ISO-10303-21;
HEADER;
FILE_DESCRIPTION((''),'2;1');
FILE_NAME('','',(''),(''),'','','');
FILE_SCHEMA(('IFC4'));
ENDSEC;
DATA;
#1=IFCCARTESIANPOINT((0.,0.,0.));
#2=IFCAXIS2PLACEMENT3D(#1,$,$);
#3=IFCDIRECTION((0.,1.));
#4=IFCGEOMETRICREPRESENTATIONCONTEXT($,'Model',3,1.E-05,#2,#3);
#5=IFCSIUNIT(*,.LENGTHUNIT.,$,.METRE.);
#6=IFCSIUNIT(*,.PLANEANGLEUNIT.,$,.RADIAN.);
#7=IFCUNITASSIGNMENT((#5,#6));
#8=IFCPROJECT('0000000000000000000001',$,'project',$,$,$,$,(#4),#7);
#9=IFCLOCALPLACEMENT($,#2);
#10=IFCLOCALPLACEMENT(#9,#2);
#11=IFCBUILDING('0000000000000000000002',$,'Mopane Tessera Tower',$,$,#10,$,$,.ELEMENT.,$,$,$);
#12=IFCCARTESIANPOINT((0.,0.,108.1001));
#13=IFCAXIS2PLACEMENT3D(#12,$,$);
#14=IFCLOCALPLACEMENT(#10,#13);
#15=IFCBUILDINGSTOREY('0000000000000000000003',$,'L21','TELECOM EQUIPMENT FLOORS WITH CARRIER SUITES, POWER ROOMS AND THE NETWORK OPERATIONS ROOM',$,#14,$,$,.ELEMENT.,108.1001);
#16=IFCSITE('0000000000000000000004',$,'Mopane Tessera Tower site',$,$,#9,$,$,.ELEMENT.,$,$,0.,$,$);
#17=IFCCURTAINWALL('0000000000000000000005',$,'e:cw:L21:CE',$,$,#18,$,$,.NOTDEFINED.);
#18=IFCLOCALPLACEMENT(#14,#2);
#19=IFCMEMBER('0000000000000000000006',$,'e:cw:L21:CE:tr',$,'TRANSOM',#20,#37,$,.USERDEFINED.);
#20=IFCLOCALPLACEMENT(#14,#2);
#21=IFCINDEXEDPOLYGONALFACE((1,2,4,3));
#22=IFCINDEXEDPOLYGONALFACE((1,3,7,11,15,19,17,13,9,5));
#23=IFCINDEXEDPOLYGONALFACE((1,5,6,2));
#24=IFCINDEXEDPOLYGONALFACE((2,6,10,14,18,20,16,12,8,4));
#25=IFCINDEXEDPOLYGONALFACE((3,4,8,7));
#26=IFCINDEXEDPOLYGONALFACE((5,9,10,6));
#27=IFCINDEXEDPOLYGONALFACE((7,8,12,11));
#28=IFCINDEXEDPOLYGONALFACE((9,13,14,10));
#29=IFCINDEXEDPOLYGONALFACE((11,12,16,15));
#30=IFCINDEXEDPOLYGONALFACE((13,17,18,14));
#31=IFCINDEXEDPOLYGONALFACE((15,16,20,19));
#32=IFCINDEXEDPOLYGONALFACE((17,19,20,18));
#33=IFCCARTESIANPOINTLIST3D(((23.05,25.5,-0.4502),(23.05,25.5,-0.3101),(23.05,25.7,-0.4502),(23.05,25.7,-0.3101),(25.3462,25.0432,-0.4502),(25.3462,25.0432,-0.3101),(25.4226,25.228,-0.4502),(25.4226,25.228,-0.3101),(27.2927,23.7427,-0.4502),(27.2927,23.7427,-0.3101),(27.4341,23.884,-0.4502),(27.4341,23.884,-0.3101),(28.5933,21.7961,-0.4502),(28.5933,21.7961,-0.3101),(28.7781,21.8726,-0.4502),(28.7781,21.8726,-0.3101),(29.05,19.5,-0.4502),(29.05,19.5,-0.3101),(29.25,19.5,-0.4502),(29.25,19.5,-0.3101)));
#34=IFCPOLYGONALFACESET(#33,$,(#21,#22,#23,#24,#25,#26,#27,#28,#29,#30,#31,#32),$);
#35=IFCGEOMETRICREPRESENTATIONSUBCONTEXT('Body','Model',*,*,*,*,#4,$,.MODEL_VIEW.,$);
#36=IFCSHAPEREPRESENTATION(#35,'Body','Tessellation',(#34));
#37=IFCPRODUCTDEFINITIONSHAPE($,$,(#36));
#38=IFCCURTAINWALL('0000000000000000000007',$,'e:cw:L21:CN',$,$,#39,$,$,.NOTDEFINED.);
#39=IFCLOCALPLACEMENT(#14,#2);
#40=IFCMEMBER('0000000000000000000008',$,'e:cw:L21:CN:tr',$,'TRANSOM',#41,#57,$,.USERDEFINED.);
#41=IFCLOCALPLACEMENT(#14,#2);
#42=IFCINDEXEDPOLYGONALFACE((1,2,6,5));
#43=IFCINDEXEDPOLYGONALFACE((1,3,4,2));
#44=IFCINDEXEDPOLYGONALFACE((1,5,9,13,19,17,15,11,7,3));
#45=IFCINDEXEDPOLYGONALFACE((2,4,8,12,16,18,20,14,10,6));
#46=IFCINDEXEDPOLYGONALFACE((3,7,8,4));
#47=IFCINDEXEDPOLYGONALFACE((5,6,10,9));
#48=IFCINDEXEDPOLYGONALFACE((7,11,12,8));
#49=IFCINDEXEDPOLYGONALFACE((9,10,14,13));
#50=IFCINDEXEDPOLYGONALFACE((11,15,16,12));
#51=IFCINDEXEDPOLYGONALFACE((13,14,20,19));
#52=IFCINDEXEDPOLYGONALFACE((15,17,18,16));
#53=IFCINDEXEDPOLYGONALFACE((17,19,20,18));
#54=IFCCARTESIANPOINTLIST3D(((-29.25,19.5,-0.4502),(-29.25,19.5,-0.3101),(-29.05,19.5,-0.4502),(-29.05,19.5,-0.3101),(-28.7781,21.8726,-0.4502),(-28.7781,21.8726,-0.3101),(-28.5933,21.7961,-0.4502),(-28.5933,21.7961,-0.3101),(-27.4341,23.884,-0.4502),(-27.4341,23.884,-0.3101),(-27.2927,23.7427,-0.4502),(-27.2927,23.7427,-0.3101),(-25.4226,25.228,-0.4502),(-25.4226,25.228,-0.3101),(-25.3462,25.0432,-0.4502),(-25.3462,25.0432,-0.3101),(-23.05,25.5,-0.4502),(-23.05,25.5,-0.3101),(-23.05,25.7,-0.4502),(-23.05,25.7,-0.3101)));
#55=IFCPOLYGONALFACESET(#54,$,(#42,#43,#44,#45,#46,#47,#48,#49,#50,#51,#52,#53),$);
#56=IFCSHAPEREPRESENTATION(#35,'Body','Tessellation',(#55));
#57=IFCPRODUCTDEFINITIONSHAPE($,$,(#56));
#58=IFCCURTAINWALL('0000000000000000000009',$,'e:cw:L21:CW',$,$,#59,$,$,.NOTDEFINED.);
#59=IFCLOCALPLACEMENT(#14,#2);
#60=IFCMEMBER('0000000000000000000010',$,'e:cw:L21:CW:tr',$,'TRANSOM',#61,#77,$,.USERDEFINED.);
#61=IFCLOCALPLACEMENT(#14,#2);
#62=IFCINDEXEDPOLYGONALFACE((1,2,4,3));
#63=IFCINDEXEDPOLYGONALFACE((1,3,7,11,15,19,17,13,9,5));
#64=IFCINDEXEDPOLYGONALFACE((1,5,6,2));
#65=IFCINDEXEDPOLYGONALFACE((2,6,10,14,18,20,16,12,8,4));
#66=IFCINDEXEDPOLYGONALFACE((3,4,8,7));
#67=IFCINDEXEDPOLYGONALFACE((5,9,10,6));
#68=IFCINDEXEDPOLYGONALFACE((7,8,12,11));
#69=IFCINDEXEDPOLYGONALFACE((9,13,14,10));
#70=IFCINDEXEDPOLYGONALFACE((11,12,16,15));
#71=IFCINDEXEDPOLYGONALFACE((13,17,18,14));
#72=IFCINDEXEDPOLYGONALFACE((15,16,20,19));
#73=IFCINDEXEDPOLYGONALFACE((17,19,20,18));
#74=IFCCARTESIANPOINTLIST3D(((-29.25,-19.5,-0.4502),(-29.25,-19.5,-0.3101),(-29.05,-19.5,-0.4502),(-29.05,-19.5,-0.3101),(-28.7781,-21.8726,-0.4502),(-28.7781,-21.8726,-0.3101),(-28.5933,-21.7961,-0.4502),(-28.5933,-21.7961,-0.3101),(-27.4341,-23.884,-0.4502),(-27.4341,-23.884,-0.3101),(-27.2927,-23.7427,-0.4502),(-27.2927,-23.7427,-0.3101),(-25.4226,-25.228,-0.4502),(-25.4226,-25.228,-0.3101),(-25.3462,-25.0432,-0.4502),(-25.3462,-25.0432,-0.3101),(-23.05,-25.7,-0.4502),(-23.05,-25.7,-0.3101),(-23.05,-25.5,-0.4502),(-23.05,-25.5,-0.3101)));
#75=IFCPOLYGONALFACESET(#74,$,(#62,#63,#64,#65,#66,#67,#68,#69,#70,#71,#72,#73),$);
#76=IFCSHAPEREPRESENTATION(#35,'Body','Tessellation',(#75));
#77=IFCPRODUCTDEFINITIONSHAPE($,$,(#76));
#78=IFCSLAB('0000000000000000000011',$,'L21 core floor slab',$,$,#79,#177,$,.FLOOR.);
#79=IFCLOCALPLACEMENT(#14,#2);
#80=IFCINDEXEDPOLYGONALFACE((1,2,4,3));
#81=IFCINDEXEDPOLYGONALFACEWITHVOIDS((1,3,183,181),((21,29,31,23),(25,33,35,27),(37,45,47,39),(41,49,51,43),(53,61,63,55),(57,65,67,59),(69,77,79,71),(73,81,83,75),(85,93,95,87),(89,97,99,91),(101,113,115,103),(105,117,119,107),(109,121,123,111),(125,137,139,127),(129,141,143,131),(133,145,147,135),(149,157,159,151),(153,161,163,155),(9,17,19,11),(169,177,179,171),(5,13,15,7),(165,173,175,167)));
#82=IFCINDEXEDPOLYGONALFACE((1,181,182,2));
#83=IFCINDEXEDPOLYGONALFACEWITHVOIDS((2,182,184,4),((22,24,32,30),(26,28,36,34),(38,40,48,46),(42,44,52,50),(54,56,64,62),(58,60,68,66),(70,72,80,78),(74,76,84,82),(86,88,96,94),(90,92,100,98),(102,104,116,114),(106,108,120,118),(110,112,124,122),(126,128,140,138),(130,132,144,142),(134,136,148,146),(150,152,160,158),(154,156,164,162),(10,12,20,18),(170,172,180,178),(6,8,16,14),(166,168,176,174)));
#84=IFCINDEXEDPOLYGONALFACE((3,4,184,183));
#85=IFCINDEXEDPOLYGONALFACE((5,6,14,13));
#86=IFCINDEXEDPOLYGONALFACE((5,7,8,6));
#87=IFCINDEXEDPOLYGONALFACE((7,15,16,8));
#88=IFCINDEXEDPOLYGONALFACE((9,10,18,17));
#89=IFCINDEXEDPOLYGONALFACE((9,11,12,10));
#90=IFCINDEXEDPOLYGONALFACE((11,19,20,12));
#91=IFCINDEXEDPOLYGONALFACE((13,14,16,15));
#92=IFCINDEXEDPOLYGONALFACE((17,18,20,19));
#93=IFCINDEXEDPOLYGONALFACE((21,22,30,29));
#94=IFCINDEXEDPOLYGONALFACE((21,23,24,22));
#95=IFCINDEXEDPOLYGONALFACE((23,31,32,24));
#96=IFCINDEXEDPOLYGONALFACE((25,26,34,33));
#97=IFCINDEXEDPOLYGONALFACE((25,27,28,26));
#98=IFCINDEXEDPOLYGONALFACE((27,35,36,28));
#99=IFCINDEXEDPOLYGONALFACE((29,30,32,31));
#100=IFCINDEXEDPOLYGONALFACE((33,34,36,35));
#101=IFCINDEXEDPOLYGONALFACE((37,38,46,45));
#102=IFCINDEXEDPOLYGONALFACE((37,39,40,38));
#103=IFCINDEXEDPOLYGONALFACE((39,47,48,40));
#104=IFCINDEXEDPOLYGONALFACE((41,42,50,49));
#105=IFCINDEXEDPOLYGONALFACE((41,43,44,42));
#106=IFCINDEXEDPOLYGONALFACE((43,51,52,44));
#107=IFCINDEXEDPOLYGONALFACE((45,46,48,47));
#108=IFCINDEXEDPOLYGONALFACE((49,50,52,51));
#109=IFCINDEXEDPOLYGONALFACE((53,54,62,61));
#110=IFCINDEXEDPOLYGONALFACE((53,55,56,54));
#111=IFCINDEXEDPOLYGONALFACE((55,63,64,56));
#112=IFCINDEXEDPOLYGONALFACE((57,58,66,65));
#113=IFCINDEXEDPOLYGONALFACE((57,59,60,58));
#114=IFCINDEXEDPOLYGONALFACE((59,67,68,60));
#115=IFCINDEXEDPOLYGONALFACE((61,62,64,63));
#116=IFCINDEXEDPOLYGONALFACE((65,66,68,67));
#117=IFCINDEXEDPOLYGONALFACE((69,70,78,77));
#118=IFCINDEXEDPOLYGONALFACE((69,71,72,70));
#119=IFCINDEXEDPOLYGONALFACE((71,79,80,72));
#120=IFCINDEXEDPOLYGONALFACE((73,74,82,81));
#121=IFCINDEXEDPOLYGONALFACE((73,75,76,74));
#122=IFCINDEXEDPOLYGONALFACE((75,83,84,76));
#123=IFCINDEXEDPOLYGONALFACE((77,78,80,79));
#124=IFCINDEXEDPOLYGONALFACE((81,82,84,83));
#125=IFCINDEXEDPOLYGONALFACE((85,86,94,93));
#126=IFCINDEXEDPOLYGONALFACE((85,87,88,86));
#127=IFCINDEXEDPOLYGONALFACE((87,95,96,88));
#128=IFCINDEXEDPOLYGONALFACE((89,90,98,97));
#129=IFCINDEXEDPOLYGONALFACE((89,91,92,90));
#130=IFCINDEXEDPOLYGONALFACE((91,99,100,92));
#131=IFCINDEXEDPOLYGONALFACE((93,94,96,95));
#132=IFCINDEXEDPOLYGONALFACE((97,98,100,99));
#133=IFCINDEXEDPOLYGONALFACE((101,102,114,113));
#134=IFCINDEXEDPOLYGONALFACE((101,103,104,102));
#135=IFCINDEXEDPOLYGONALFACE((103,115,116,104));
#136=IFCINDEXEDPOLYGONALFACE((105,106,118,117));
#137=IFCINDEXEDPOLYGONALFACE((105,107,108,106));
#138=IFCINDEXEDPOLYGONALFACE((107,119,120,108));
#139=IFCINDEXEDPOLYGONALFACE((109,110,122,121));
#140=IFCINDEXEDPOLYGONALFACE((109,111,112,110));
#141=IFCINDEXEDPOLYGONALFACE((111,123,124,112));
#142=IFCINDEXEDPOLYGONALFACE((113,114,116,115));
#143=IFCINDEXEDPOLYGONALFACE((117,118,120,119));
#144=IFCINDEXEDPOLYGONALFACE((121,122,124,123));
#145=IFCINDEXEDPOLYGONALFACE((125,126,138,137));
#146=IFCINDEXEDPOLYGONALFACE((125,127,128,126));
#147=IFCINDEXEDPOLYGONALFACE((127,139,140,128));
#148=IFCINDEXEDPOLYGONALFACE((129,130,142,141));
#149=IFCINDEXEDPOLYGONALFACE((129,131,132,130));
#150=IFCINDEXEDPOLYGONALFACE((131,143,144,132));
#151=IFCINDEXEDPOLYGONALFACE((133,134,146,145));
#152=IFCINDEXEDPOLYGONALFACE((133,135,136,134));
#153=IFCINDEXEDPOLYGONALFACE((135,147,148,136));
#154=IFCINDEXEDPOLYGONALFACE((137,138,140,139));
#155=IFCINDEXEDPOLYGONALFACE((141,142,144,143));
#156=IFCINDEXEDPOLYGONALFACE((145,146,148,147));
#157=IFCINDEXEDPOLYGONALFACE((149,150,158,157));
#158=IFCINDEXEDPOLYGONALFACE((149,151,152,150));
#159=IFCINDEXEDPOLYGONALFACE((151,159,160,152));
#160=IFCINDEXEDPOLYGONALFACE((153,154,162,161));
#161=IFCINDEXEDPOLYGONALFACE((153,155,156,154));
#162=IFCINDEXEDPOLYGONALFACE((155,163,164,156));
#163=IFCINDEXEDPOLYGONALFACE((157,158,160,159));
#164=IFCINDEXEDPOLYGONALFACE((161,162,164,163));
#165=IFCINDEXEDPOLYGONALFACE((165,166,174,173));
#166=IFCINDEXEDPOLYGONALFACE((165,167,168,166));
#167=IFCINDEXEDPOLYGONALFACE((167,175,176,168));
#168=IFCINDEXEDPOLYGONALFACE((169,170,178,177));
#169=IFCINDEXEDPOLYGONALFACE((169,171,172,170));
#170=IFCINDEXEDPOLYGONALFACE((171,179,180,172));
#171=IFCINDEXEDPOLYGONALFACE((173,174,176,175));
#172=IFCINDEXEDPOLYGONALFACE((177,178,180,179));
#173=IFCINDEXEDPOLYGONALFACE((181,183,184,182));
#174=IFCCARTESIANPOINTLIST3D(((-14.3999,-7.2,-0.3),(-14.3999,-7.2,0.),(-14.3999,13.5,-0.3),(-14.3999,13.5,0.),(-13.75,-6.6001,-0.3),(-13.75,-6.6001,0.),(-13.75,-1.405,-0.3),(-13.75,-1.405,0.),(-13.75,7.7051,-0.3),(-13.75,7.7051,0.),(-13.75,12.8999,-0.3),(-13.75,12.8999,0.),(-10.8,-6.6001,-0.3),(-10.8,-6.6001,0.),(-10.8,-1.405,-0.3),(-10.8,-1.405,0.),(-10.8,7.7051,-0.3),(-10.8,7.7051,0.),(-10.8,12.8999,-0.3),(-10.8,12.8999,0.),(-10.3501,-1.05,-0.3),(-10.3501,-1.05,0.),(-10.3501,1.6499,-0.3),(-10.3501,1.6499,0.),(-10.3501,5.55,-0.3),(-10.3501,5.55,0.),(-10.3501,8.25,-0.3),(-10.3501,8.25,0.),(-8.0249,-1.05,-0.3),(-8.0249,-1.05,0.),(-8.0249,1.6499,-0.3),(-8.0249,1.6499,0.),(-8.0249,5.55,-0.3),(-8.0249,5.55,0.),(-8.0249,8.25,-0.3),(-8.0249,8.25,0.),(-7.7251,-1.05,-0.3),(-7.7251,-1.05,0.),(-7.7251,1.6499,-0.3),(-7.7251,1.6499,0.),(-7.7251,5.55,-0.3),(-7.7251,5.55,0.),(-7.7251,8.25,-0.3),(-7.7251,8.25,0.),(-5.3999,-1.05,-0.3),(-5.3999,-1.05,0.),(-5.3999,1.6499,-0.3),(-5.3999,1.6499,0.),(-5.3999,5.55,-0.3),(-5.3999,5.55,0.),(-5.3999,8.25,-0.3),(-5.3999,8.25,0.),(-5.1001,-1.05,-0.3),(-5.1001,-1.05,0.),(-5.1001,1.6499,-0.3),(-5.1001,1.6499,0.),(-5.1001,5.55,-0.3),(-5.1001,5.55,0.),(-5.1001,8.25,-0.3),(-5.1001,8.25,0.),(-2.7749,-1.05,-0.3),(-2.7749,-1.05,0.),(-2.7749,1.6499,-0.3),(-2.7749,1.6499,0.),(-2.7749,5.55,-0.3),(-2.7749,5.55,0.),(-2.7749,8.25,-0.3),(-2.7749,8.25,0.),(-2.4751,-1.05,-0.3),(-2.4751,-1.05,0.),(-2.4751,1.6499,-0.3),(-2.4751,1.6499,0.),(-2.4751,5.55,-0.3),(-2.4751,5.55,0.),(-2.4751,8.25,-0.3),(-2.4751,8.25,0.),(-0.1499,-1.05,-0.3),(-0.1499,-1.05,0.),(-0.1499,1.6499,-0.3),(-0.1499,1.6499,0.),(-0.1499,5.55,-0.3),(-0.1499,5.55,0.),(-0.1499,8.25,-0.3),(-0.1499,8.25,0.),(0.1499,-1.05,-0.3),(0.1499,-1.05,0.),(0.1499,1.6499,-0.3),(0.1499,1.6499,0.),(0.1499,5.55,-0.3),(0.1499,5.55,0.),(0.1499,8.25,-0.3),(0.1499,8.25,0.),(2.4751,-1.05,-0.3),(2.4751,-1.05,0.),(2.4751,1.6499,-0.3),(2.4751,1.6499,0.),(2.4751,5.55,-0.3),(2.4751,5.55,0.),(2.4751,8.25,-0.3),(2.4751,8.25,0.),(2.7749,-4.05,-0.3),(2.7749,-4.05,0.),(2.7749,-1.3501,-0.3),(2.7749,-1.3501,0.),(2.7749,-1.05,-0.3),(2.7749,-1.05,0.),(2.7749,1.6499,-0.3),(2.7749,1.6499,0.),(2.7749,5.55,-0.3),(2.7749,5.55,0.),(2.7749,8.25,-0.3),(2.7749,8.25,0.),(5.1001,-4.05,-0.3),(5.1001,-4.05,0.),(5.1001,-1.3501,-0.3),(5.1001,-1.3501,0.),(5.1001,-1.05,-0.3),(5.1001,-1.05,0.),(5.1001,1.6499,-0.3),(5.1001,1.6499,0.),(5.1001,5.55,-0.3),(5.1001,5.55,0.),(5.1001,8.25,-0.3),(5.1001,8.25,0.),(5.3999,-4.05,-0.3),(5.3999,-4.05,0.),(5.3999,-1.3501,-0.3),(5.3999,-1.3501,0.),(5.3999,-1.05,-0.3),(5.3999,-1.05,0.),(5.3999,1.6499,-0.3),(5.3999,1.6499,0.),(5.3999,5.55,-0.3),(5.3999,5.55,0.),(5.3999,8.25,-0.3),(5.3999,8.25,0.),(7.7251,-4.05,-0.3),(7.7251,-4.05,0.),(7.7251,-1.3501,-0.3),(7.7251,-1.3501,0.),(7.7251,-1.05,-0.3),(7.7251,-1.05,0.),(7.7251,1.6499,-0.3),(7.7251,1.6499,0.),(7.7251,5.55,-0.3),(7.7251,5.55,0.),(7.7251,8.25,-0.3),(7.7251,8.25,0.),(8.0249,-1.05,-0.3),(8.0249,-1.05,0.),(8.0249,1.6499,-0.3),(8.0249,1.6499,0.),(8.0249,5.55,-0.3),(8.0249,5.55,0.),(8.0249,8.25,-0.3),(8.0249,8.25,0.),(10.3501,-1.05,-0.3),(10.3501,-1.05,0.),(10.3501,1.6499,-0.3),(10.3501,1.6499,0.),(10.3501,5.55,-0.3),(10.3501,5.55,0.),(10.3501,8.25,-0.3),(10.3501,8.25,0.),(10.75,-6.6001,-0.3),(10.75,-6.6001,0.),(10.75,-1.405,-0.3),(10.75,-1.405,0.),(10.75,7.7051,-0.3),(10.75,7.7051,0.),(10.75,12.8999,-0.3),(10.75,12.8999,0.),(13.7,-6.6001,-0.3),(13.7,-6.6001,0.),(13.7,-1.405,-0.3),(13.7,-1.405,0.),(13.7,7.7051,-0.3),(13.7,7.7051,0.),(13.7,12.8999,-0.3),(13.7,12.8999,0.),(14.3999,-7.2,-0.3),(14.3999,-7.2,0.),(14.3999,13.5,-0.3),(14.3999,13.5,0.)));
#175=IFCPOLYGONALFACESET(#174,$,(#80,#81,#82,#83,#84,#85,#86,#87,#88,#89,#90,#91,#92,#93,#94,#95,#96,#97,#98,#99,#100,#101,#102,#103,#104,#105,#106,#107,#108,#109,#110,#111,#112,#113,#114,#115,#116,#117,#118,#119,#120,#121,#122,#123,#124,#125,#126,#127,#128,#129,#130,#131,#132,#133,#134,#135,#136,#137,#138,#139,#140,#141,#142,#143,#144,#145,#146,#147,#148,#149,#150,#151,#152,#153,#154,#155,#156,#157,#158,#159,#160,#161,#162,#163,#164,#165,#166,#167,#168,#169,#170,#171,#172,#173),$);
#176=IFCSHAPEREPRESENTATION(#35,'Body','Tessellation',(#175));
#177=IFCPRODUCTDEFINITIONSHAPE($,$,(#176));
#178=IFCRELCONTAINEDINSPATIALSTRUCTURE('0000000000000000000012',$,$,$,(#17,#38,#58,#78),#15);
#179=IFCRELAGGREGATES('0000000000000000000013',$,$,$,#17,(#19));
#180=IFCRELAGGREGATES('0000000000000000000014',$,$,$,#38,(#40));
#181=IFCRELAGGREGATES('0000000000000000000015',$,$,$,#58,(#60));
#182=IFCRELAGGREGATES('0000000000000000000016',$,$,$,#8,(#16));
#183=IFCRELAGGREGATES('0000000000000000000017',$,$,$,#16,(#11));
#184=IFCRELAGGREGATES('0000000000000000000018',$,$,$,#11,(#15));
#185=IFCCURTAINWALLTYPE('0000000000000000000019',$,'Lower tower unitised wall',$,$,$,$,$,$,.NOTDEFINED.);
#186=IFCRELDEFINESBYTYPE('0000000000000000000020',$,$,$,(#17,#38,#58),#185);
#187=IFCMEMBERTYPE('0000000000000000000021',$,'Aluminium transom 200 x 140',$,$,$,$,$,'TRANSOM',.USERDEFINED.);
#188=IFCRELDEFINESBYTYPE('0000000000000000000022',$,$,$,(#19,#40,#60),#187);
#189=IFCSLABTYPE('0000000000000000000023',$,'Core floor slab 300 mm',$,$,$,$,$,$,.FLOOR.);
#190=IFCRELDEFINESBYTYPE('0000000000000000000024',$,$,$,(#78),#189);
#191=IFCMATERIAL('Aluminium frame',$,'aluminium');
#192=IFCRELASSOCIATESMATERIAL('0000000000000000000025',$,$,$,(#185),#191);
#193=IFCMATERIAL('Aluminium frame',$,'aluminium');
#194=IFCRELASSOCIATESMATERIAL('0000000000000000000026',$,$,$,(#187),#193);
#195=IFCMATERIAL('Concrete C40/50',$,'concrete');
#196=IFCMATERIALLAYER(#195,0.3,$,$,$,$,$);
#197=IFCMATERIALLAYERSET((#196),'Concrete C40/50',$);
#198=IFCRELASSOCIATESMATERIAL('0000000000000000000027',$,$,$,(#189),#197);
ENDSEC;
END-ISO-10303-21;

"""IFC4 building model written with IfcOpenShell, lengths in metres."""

from ifc_helpers import new_model, si_unit, direction, frame, origin, origin_2d, place, context, subcontext, project, spatial, polyline, rectangle, outline, extrude, material, layer, layer_set, material_profile, profile_set, type_object, element, aggregate, save


model = new_model("IFC4")

# Units and contexts
model_context = context("Model", 3, precision=1e-05, world=origin(), true_north=direction((0.0, 1.0)))
body_context = subcontext(model_context, "Body", "Model", "MODEL_VIEW")
ifc_project = project(units=[si_unit("LENGTHUNIT", "METRE"), si_unit("PLANEANGLEUNIT", "RADIAN")], contexts=[model_context])

# Site, building, storey
site_placement = place(None, origin())
site = spatial("IfcSite", under=ifc_project, at=site_placement, Name="Mopane Tessera Tower site", CompositionType="ELEMENT", RefElevation=0.0)
building_placement = place(site_placement, origin())
building = spatial("IfcBuilding", under=site, at=building_placement, Name="Mopane Tessera Tower", CompositionType="ELEMENT")
storey_placement = place(building_placement, frame((0.0, 0.0, 108.1001)))
storey = spatial("IfcBuildingStorey", under=building, at=storey_placement, Name="L21", Description="TELECOM EQUIPMENT FLOORS WITH CARRIER SUITES, POWER ROOMS AND THE NETWORK OPERATIONS ROOM", CompositionType="ELEMENT", Elevation=108.1001)

# Curtain walls, members
ifc_material_1 = material(Name="Aluminium frame", Category="aluminium")
curtain_wall_type = type_object("IfcCurtainWallType", Name="Lower tower unitised wall", PredefinedType="NOTDEFINED", material=ifc_material_1)
curtain_wall_1_placement = place(storey_placement, origin())
curtain_wall_1 = element("IfcCurtainWall", 1, at=curtain_wall_1_placement, inside=storey, type_object=curtain_wall_type, Name="e:cw:L21:CE", PredefinedType="NOTDEFINED")
ifc_material_2 = material(Name="Aluminium frame", Category="aluminium")
ifc_material_profile = material_profile(ifc_material_2, rectangle(XDim=0.2, YDim=0.1399, at=origin_2d()))
ifc_profile_set = profile_set([ifc_material_profile], Name="Aluminium frame")
member_type = type_object("IfcMemberType", Name="Aluminium transom 200 x 140", ElementType="TRANSOM", PredefinedType="USERDEFINED", material=ifc_profile_set)
member_1_placement = place(storey_placement, frame((0.0, 0.0, -0.4502)))
member_1 = element("IfcMember", 2, at=member_1_placement, type_object=member_type, Name="e:cw:L21:CE:tr", ObjectType="TRANSOM", PredefinedType="USERDEFINED", context=body_context, shape_type="SweptSolid", body=[
    extrude(outline(polyline([(29.05, 19.5), (28.5933, 21.7961), (27.2927, 23.7427), (25.3462, 25.0432), (23.05, 25.5), (23.05, 25.7), (25.4226, 25.228), (27.4341, 23.884), (28.7781, 21.8726), (29.25, 19.5), (29.05, 19.5)])), origin(), (0.0, 0.0, 1.0), 0.1401),
])
curtain_wall_2_placement = place(storey_placement, origin())
curtain_wall_2 = element("IfcCurtainWall", 3, at=curtain_wall_2_placement, inside=storey, type_object=curtain_wall_type, Name="e:cw:L21:CN", PredefinedType="NOTDEFINED")
member_2_placement = place(storey_placement, frame((0.0, 0.0, -0.4502)))
member_2 = element("IfcMember", 4, at=member_2_placement, type_object=member_type, Name="e:cw:L21:CN:tr", ObjectType="TRANSOM", PredefinedType="USERDEFINED", context=body_context, shape_type="SweptSolid", body=[
    extrude(outline(polyline([(-23.05, 25.5), (-25.3462, 25.0432), (-27.2927, 23.7427), (-28.5933, 21.7961), (-29.05, 19.5), (-29.25, 19.5), (-28.7781, 21.8726), (-27.4341, 23.884), (-25.4226, 25.228), (-23.05, 25.7), (-23.05, 25.5)])), origin(), (0.0, 0.0, 1.0), 0.1401),
])
curtain_wall_3_placement = place(storey_placement, origin())
curtain_wall_3 = element("IfcCurtainWall", 5, at=curtain_wall_3_placement, inside=storey, type_object=curtain_wall_type, Name="e:cw:L21:CW", PredefinedType="NOTDEFINED")
member_3_placement = place(storey_placement, frame((0.0, 0.0, -0.4502)))
member_3 = element("IfcMember", 6, at=member_3_placement, type_object=member_type, Name="e:cw:L21:CW:tr", ObjectType="TRANSOM", PredefinedType="USERDEFINED", context=body_context, shape_type="SweptSolid", body=[
    extrude(outline(polyline([(-29.05, -19.5), (-28.5933, -21.7961), (-27.2927, -23.7427), (-25.3462, -25.0432), (-23.05, -25.5), (-23.05, -25.7), (-25.4226, -25.228), (-27.4341, -23.884), (-28.7781, -21.8726), (-29.25, -19.5), (-29.05, -19.5)])), origin(), (0.0, 0.0, 1.0), 0.1401),
])

# Slab
ifc_material_3 = material(Name="Concrete C40/50", Category="concrete")
ifc_layer_1 = layer(ifc_material_3, 0.3)
ifc_layer_set_1 = layer_set([ifc_layer_1], Name="Concrete C40/50")
slab_type_1 = type_object("IfcSlabType", Name="Core floor slab 300 mm", PredefinedType="FLOOR", material=ifc_layer_set_1)
slab_1_placement = place(storey_placement, frame((0.0, 0.0, -0.3)))
element("IfcSlab", 7, at=slab_1_placement, inside=storey, type_object=slab_type_1, Name="L21 core floor slab", PredefinedType="FLOOR", context=body_context, shape_type="SweptSolid", body=[
    extrude(outline(polyline([(-14.3999, -7.2), (14.3999, -7.2), (14.3999, 13.5), (-14.3999, 13.5), (-14.3999, -7.2)]), holes=[polyline([(-10.3501, -1.05), (-8.0249, -1.05), (-8.0249, 1.6499), (-10.3501, 1.6499), (-10.3501, -1.05)]), polyline([(-7.7251, -1.05), (-5.3999, -1.05), (-5.3999, 1.6499), (-7.7251, 1.6499), (-7.7251, -1.05)]), polyline([(-5.1001, -1.05), (-2.7749, -1.05), (-2.7749, 1.6499), (-5.1001, 1.6499), (-5.1001, -1.05)]), polyline([(-2.4751, -1.05), (-0.1499, -1.05), (-0.1499, 1.6499), (-2.4751, 1.6499), (-2.4751, -1.05)]), polyline([(0.1499, -1.05), (2.4751, -1.05), (2.4751, 1.6499), (0.1499, 1.6499), (0.1499, -1.05)]), polyline([(2.7749, -1.05), (5.1001, -1.05), (5.1001, 1.6499), (2.7749, 1.6499), (2.7749, -1.05)]), polyline([(5.3999, -1.05), (7.7251, -1.05), (7.7251, 1.6499), (5.3999, 1.6499), (5.3999, -1.05)]), polyline([(8.0249, -1.05), (10.3501, -1.05), (10.3501, 1.6499), (8.0249, 1.6499), (8.0249, -1.05)]), polyline([(-10.3501, 5.55), (-8.0249, 5.55), (-8.0249, 8.25), (-10.3501, 8.25), (-10.3501, 5.55)]), polyline([(-7.7251, 5.55), (-5.3999, 5.55), (-5.3999, 8.25), (-7.7251, 8.25), (-7.7251, 5.55)]), polyline([(-5.1001, 5.55), (-2.7749, 5.55), (-2.7749, 8.25), (-5.1001, 8.25), (-5.1001, 5.55)]), polyline([(-2.4751, 5.55), (-0.1499, 5.55), (-0.1499, 8.25), (-2.4751, 8.25), (-2.4751, 5.55)]), polyline([(0.1499, 5.55), (2.4751, 5.55), (2.4751, 8.25), (0.1499, 8.25), (0.1499, 5.55)]), polyline([(2.7749, 5.55), (5.1001, 5.55), (5.1001, 8.25), (2.7749, 8.25), (2.7749, 5.55)]), polyline([(5.3999, 5.55), (7.7251, 5.55), (7.7251, 8.25), (5.3999, 8.25), (5.3999, 5.55)]), polyline([(8.0249, 5.55), (10.3501, 5.55), (10.3501, 8.25), (8.0249, 8.25), (8.0249, 5.55)]), polyline([(2.7749, -4.05), (5.1001, -4.05), (5.1001, -1.3501), (2.7749, -1.3501), (2.7749, -4.05)]), polyline([(5.3999, -4.05), (7.7251, -4.05), (7.7251, -1.3501), (5.3999, -1.3501), (5.3999, -4.05)]), polyline([(-13.75, -1.405), (-13.75, -6.6001), (-10.8, -6.6001), (-10.8, -1.405), (-13.75, -1.405)]), polyline([(-10.8, 7.7051), (-10.8, 12.8999), (-13.75, 12.8999), (-13.75, 7.7051), (-10.8, 7.7051)]), polyline([(10.75, -1.405), (10.75, -6.6001), (13.7, -6.6001), (13.7, -1.405), (10.75, -1.405)]), polyline([(13.7, 7.7051), (13.7, 12.8999), (10.75, 12.8999), (10.75, 7.7051), (13.7, 7.7051)])]), origin(), (0.0, 0.0, 1.0), 0.3),
])

aggregate(curtain_wall_1, [member_1])
aggregate(curtain_wall_2, [member_2])
aggregate(curtain_wall_3, [member_3])

save(model, "model.ifc")
